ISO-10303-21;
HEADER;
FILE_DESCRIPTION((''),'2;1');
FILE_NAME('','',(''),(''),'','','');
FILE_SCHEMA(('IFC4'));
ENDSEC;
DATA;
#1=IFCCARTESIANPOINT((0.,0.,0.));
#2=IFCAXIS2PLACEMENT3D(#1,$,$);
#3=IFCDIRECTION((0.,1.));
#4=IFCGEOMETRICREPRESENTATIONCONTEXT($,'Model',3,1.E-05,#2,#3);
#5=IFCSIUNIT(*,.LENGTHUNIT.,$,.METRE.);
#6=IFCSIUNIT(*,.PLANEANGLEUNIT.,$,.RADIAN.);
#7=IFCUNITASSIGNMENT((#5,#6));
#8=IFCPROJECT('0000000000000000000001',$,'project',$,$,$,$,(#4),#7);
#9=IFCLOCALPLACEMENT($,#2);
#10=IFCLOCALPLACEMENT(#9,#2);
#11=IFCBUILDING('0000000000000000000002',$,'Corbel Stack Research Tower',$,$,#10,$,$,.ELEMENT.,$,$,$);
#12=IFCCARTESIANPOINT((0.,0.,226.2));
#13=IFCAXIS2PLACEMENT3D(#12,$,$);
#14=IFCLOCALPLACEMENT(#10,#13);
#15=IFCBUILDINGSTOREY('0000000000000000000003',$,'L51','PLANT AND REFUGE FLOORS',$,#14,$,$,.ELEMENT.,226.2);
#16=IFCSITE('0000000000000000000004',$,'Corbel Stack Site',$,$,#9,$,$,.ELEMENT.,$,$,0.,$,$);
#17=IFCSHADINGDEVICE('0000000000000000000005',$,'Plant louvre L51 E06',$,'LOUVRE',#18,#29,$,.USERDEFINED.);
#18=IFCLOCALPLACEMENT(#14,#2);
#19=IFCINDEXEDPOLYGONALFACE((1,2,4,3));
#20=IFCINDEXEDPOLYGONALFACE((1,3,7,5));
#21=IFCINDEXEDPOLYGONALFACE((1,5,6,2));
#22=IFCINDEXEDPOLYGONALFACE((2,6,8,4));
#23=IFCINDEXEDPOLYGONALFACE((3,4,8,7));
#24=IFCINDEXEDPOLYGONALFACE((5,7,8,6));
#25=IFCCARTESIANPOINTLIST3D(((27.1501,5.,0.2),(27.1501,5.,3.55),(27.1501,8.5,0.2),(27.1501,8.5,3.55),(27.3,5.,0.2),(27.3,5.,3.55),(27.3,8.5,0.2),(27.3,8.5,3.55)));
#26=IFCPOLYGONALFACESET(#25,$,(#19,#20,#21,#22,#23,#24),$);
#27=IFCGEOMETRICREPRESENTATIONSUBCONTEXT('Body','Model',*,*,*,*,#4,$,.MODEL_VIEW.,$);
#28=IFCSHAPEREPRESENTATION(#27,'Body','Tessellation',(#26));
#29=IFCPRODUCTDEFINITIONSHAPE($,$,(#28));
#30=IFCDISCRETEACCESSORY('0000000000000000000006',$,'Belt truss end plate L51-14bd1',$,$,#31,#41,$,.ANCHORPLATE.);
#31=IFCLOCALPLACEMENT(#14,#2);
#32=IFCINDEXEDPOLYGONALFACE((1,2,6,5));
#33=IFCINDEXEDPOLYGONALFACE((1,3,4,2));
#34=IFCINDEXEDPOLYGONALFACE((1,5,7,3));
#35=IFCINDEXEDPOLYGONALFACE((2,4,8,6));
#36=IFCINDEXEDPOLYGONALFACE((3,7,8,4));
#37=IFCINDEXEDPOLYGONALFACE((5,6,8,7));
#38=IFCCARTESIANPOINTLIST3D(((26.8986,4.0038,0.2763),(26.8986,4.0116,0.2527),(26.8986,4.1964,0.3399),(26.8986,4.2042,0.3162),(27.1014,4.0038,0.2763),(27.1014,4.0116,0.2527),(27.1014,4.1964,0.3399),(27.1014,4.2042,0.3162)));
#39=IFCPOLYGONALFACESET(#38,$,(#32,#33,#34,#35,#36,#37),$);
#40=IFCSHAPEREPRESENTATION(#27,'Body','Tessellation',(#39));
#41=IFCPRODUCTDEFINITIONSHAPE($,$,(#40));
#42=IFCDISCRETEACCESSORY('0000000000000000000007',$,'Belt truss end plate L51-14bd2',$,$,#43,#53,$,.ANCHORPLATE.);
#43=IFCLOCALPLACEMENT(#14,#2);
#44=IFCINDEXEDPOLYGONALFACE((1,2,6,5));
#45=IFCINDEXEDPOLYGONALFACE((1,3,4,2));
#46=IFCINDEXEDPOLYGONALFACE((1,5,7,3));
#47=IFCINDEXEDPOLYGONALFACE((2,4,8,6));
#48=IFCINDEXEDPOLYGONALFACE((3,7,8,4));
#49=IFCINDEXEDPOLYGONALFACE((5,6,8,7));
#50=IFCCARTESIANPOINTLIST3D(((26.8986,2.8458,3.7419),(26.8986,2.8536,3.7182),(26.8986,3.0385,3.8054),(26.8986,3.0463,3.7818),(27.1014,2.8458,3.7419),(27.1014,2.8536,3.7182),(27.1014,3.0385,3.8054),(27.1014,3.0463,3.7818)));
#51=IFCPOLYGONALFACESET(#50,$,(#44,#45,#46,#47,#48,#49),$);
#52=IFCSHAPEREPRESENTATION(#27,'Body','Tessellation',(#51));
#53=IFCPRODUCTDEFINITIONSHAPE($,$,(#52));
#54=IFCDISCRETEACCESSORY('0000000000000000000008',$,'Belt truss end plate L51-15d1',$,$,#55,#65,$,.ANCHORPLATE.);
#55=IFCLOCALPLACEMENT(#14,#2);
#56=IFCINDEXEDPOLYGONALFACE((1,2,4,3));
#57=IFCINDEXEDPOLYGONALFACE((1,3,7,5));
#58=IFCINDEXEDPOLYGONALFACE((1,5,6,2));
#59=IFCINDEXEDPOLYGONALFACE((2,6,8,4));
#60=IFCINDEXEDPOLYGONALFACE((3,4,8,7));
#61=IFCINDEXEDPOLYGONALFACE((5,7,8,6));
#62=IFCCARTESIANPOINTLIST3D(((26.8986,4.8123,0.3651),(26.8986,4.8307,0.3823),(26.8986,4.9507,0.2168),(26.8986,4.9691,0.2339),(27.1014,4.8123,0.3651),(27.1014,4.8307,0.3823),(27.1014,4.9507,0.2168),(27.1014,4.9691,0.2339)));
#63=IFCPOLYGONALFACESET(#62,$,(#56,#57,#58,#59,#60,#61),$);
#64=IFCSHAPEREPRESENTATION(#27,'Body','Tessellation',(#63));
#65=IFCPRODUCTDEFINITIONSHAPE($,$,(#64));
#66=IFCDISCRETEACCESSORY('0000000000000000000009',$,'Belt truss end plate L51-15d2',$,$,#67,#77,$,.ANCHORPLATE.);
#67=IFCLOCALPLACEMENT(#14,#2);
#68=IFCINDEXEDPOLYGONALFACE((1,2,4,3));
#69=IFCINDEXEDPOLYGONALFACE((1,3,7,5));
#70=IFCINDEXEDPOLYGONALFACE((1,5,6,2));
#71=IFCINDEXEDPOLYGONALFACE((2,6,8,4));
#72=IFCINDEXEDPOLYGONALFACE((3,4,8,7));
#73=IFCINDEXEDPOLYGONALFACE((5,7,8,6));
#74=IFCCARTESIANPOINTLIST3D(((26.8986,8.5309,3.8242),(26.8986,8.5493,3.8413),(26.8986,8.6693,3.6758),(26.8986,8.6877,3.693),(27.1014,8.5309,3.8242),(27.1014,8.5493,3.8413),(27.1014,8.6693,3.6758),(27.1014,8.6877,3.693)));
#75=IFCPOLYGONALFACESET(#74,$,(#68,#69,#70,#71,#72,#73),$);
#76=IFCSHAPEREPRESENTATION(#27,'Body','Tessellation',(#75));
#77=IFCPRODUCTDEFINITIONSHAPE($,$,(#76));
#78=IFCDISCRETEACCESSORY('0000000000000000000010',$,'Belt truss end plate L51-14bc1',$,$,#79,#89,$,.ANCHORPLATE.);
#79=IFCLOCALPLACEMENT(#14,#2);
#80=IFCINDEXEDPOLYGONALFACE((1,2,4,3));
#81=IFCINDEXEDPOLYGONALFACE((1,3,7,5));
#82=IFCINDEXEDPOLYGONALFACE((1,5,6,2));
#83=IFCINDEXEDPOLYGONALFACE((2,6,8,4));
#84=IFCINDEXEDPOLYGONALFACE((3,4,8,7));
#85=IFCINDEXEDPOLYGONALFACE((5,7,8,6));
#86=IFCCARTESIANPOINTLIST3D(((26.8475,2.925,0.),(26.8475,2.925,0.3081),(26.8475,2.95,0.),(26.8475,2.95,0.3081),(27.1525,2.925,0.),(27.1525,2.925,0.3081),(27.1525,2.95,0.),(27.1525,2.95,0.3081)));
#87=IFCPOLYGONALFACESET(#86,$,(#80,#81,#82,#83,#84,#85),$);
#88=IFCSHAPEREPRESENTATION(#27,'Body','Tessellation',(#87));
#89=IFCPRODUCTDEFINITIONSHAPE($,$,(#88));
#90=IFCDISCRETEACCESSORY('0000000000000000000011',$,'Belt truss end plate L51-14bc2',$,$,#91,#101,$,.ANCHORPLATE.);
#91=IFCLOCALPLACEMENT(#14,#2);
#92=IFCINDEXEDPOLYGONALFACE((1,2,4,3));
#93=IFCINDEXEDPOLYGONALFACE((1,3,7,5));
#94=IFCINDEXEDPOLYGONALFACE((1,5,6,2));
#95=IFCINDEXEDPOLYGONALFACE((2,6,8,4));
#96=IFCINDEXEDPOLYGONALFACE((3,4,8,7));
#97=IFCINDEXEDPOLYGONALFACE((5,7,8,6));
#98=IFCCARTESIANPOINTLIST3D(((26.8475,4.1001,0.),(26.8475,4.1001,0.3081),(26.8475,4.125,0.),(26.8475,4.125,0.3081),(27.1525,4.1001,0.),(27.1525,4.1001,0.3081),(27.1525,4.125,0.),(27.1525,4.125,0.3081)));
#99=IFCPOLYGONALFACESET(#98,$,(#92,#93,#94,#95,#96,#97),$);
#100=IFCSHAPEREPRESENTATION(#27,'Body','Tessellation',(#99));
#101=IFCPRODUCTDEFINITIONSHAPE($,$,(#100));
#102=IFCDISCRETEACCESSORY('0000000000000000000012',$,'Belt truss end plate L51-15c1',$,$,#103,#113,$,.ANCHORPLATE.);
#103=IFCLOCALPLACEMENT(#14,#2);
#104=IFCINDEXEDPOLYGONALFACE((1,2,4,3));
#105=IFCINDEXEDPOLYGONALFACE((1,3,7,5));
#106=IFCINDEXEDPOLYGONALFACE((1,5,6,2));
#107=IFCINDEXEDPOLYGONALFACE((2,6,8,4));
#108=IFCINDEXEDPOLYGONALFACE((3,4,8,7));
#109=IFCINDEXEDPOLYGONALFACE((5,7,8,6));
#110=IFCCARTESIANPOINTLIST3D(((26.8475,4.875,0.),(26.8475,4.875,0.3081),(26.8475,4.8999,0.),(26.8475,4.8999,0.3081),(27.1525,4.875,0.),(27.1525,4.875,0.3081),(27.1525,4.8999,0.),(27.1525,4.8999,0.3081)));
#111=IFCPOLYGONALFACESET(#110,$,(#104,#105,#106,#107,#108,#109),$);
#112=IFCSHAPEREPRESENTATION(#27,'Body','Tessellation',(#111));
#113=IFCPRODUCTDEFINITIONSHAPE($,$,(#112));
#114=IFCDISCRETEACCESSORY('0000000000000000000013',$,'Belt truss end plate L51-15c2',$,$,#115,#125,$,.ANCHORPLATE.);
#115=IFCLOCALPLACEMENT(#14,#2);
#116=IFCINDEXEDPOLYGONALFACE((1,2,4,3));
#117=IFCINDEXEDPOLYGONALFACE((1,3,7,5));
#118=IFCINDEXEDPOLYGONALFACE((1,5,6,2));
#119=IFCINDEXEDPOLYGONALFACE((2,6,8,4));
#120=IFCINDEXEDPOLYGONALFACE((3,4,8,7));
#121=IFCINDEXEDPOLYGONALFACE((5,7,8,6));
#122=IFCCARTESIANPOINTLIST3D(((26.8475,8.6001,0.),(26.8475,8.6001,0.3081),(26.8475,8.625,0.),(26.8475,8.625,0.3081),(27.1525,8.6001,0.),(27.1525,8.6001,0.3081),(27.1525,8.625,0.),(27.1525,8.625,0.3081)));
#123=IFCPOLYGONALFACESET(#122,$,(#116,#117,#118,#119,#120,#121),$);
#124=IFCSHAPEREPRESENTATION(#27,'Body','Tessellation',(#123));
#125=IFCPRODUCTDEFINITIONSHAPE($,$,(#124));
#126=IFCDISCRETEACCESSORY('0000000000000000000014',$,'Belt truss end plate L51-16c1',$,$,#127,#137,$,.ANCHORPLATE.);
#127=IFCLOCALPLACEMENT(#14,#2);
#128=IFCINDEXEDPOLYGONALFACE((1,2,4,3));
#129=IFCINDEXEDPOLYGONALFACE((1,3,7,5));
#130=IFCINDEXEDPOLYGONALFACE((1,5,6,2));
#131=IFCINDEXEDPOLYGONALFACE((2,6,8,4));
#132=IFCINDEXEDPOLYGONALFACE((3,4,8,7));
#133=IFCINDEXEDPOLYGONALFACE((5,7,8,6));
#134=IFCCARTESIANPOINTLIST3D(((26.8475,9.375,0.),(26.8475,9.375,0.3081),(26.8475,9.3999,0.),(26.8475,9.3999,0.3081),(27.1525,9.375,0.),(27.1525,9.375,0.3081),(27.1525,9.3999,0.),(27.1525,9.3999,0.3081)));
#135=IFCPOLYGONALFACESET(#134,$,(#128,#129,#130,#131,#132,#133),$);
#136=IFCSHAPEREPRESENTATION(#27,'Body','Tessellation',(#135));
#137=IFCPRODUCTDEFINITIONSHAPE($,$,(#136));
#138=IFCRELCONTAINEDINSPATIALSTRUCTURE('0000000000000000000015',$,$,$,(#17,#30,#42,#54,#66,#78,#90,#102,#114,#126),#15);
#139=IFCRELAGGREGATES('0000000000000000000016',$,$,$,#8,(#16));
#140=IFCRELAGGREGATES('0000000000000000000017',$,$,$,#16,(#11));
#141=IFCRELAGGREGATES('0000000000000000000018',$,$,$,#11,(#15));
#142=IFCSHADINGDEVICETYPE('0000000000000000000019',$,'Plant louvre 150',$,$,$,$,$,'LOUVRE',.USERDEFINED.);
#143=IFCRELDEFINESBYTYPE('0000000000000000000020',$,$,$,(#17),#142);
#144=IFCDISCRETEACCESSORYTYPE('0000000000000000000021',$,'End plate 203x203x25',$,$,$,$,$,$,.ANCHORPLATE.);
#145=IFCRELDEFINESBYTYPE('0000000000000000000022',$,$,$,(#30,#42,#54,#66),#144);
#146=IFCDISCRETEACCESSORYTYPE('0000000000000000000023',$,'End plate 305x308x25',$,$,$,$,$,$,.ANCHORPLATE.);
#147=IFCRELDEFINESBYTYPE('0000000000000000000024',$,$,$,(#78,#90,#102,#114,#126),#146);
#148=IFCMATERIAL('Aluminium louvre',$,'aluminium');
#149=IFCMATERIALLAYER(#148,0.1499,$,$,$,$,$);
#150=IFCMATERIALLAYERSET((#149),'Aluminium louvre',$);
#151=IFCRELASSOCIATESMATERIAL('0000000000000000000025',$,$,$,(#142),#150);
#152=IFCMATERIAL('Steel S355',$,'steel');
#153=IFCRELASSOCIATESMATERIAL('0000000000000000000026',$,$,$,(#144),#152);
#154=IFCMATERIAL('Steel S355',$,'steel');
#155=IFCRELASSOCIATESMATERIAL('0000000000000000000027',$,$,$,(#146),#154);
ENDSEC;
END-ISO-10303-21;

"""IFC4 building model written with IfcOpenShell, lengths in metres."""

from ifc_helpers import new_model, si_unit, direction, frame, origin, origin_2d, place, context, subcontext, project, spatial, rectangle, extrude, material, layer, layer_set, material_profile, profile_set, type_object, element, save


model = new_model("IFC4")

# Units and contexts
model_context = context("Model", 3, precision=1e-05, world=origin(), true_north=direction((0.0, 1.0)))
body_context = subcontext(model_context, "Body", "Model", "MODEL_VIEW")
ifc_project = project(units=[si_unit("LENGTHUNIT", "METRE"), si_unit("PLANEANGLEUNIT", "RADIAN")], contexts=[model_context])

# Site, building, storey
site_placement = place(None, origin())
site = spatial("IfcSite", under=ifc_project, at=site_placement, Name="Corbel Stack Site", CompositionType="ELEMENT", RefElevation=0.0)
building_placement = place(site_placement, origin())
building = spatial("IfcBuilding", under=site, at=building_placement, Name="Corbel Stack Research Tower", CompositionType="ELEMENT")
storey_placement = place(building_placement, frame((0.0, 0.0, 226.2)))
storey = spatial("IfcBuildingStorey", under=building, at=storey_placement, Name="L51", Description="PLANT AND REFUGE FLOORS", CompositionType="ELEMENT", Elevation=226.2)

# Shading device
ifc_material_1 = material(Name="Aluminium louvre", Category="aluminium")
ifc_layer_1 = layer(ifc_material_1, 0.1499)
ifc_layer_set_1 = layer_set([ifc_layer_1], Name="Aluminium louvre")
shading_device_type = type_object("IfcShadingDeviceType", Name="Plant louvre 150", ElementType="LOUVRE", PredefinedType="USERDEFINED", material=ifc_layer_set_1)
shading_device_placement = place(storey_placement, frame((27.2251, 6.75, 0.2), z_axis=(0.0, 0.0, 1.0), x_axis=(0.0, 1.0, 0.0)))
element("IfcShadingDevice", 1, at=shading_device_placement, inside=storey, type_object=shading_device_type, Name="Plant louvre L51 E06", ObjectType="LOUVRE", PredefinedType="USERDEFINED", context=body_context, shape_type="SweptSolid", body=[
    extrude(rectangle(XDim=3.5, YDim=0.1499, at=origin_2d()), origin(), (0.0, 0.0, 1.0), 3.3501),
])

# Discrete accessories
ifc_material_2 = material(Name="Steel S355", Category="steel")
ifc_material_profile_1 = material_profile(ifc_material_2, rectangle(XDim=0.2029, YDim=0.2029, at=origin_2d()), Name="End plate 203x203x25")
ifc_profile_set_1 = profile_set([ifc_material_profile_1], Name="Steel S355")
discrete_accessory_type_1 = type_object("IfcDiscreteAccessoryType", Name="End plate 203x203x25", PredefinedType="ANCHORPLATE", material=ifc_profile_set_1)
for number, where, z_axis, x_axis, name in (
    (2, (27.0, 4.1001, 0.3081), (0.0, 0.313289, -0.949658), (-1.0, 0.0, 0.0), "Belt truss end plate L51-14bd1"),
    (3, (27.0, 2.95, 3.75), (0.0, -0.313289, 0.949658), (1.0, 0.0, 0.0), "Belt truss end plate L51-14bd2"),
):
    element("IfcDiscreteAccessory", number, at=place(storey_placement, frame(where, z_axis=z_axis, x_axis=x_axis)), inside=storey, type_object=discrete_accessory_type_1, Name=name, PredefinedType="ANCHORPLATE", context=body_context, shape_type="SweptSolid", body=[
        extrude(rectangle(XDim=0.2029, YDim=0.2029, at=origin_2d()), origin(), (0.0, 0.0, 1.0), 0.0249),
    ])
for number, where, z_axis, x_axis, name in (
    (4, (27.0, 4.8999, 0.3081), (0.0, -0.731055, -0.682318), (1.0, 0.0, 0.0), "Belt truss end plate L51-15d1"),
    (5, (27.0, 8.6001, 3.75), (0.0, 0.731055, 0.682318), (-1.0, 0.0, 0.0), "Belt truss end plate L51-15d2"),
):
    element("IfcDiscreteAccessory", number, at=place(storey_placement, frame(where, z_axis=z_axis, x_axis=x_axis)), inside=storey, type_object=discrete_accessory_type_1, Name=name, PredefinedType="ANCHORPLATE", context=body_context, shape_type="SweptSolid", body=[
        extrude(rectangle(XDim=0.2029, YDim=0.2029, at=origin_2d()), origin(), (0.0, 0.0, 1.0), 0.0251),
    ])
ifc_material_3 = material(Name="Steel S355", Category="steel")
ifc_material_profile_2 = material_profile(ifc_material_3, rectangle(XDim=0.3049, YDim=0.3081, at=origin_2d()), Name="End plate 305x308x25")
ifc_profile_set_2 = profile_set([ifc_material_profile_2], Name="Steel S355")
discrete_accessory_type_2 = type_object("IfcDiscreteAccessoryType", Name="End plate 305x308x25", PredefinedType="ANCHORPLATE", material=ifc_profile_set_2)
for number, where, z_axis, x_axis, name in (
    (6, (27.0, 2.95, 0.1541), (0.0, -1.0, 0.0), (1.0, 0.0, 0.0), "Belt truss end plate L51-14bc1"),
    (7, (27.0, 4.1001, 0.1541), (0.0, 1.0, 0.0), (-1.0, 0.0, 0.0), "Belt truss end plate L51-14bc2"),
    (8, (27.0, 4.8999, 0.1541), (0.0, -1.0, 0.0), (1.0, 0.0, 0.0), "Belt truss end plate L51-15c1"),
    (9, (27.0, 8.6001, 0.1541), (0.0, 1.0, 0.0), (-1.0, 0.0, 0.0), "Belt truss end plate L51-15c2"),
    (10, (27.0, 9.3999, 0.1541), (0.0, -1.0, 0.0), (1.0, 0.0, 0.0), "Belt truss end plate L51-16c1"),
):
    element("IfcDiscreteAccessory", number, at=place(storey_placement, frame(where, z_axis=z_axis, x_axis=x_axis)), inside=storey, type_object=discrete_accessory_type_2, Name=name, PredefinedType="ANCHORPLATE", context=body_context, shape_type="SweptSolid", body=[
        extrude(rectangle(XDim=0.3049, YDim=0.3081, at=origin_2d()), origin(), (0.0, 0.0, 1.0), 0.0249),
    ])

save(model, "model.ifc")
